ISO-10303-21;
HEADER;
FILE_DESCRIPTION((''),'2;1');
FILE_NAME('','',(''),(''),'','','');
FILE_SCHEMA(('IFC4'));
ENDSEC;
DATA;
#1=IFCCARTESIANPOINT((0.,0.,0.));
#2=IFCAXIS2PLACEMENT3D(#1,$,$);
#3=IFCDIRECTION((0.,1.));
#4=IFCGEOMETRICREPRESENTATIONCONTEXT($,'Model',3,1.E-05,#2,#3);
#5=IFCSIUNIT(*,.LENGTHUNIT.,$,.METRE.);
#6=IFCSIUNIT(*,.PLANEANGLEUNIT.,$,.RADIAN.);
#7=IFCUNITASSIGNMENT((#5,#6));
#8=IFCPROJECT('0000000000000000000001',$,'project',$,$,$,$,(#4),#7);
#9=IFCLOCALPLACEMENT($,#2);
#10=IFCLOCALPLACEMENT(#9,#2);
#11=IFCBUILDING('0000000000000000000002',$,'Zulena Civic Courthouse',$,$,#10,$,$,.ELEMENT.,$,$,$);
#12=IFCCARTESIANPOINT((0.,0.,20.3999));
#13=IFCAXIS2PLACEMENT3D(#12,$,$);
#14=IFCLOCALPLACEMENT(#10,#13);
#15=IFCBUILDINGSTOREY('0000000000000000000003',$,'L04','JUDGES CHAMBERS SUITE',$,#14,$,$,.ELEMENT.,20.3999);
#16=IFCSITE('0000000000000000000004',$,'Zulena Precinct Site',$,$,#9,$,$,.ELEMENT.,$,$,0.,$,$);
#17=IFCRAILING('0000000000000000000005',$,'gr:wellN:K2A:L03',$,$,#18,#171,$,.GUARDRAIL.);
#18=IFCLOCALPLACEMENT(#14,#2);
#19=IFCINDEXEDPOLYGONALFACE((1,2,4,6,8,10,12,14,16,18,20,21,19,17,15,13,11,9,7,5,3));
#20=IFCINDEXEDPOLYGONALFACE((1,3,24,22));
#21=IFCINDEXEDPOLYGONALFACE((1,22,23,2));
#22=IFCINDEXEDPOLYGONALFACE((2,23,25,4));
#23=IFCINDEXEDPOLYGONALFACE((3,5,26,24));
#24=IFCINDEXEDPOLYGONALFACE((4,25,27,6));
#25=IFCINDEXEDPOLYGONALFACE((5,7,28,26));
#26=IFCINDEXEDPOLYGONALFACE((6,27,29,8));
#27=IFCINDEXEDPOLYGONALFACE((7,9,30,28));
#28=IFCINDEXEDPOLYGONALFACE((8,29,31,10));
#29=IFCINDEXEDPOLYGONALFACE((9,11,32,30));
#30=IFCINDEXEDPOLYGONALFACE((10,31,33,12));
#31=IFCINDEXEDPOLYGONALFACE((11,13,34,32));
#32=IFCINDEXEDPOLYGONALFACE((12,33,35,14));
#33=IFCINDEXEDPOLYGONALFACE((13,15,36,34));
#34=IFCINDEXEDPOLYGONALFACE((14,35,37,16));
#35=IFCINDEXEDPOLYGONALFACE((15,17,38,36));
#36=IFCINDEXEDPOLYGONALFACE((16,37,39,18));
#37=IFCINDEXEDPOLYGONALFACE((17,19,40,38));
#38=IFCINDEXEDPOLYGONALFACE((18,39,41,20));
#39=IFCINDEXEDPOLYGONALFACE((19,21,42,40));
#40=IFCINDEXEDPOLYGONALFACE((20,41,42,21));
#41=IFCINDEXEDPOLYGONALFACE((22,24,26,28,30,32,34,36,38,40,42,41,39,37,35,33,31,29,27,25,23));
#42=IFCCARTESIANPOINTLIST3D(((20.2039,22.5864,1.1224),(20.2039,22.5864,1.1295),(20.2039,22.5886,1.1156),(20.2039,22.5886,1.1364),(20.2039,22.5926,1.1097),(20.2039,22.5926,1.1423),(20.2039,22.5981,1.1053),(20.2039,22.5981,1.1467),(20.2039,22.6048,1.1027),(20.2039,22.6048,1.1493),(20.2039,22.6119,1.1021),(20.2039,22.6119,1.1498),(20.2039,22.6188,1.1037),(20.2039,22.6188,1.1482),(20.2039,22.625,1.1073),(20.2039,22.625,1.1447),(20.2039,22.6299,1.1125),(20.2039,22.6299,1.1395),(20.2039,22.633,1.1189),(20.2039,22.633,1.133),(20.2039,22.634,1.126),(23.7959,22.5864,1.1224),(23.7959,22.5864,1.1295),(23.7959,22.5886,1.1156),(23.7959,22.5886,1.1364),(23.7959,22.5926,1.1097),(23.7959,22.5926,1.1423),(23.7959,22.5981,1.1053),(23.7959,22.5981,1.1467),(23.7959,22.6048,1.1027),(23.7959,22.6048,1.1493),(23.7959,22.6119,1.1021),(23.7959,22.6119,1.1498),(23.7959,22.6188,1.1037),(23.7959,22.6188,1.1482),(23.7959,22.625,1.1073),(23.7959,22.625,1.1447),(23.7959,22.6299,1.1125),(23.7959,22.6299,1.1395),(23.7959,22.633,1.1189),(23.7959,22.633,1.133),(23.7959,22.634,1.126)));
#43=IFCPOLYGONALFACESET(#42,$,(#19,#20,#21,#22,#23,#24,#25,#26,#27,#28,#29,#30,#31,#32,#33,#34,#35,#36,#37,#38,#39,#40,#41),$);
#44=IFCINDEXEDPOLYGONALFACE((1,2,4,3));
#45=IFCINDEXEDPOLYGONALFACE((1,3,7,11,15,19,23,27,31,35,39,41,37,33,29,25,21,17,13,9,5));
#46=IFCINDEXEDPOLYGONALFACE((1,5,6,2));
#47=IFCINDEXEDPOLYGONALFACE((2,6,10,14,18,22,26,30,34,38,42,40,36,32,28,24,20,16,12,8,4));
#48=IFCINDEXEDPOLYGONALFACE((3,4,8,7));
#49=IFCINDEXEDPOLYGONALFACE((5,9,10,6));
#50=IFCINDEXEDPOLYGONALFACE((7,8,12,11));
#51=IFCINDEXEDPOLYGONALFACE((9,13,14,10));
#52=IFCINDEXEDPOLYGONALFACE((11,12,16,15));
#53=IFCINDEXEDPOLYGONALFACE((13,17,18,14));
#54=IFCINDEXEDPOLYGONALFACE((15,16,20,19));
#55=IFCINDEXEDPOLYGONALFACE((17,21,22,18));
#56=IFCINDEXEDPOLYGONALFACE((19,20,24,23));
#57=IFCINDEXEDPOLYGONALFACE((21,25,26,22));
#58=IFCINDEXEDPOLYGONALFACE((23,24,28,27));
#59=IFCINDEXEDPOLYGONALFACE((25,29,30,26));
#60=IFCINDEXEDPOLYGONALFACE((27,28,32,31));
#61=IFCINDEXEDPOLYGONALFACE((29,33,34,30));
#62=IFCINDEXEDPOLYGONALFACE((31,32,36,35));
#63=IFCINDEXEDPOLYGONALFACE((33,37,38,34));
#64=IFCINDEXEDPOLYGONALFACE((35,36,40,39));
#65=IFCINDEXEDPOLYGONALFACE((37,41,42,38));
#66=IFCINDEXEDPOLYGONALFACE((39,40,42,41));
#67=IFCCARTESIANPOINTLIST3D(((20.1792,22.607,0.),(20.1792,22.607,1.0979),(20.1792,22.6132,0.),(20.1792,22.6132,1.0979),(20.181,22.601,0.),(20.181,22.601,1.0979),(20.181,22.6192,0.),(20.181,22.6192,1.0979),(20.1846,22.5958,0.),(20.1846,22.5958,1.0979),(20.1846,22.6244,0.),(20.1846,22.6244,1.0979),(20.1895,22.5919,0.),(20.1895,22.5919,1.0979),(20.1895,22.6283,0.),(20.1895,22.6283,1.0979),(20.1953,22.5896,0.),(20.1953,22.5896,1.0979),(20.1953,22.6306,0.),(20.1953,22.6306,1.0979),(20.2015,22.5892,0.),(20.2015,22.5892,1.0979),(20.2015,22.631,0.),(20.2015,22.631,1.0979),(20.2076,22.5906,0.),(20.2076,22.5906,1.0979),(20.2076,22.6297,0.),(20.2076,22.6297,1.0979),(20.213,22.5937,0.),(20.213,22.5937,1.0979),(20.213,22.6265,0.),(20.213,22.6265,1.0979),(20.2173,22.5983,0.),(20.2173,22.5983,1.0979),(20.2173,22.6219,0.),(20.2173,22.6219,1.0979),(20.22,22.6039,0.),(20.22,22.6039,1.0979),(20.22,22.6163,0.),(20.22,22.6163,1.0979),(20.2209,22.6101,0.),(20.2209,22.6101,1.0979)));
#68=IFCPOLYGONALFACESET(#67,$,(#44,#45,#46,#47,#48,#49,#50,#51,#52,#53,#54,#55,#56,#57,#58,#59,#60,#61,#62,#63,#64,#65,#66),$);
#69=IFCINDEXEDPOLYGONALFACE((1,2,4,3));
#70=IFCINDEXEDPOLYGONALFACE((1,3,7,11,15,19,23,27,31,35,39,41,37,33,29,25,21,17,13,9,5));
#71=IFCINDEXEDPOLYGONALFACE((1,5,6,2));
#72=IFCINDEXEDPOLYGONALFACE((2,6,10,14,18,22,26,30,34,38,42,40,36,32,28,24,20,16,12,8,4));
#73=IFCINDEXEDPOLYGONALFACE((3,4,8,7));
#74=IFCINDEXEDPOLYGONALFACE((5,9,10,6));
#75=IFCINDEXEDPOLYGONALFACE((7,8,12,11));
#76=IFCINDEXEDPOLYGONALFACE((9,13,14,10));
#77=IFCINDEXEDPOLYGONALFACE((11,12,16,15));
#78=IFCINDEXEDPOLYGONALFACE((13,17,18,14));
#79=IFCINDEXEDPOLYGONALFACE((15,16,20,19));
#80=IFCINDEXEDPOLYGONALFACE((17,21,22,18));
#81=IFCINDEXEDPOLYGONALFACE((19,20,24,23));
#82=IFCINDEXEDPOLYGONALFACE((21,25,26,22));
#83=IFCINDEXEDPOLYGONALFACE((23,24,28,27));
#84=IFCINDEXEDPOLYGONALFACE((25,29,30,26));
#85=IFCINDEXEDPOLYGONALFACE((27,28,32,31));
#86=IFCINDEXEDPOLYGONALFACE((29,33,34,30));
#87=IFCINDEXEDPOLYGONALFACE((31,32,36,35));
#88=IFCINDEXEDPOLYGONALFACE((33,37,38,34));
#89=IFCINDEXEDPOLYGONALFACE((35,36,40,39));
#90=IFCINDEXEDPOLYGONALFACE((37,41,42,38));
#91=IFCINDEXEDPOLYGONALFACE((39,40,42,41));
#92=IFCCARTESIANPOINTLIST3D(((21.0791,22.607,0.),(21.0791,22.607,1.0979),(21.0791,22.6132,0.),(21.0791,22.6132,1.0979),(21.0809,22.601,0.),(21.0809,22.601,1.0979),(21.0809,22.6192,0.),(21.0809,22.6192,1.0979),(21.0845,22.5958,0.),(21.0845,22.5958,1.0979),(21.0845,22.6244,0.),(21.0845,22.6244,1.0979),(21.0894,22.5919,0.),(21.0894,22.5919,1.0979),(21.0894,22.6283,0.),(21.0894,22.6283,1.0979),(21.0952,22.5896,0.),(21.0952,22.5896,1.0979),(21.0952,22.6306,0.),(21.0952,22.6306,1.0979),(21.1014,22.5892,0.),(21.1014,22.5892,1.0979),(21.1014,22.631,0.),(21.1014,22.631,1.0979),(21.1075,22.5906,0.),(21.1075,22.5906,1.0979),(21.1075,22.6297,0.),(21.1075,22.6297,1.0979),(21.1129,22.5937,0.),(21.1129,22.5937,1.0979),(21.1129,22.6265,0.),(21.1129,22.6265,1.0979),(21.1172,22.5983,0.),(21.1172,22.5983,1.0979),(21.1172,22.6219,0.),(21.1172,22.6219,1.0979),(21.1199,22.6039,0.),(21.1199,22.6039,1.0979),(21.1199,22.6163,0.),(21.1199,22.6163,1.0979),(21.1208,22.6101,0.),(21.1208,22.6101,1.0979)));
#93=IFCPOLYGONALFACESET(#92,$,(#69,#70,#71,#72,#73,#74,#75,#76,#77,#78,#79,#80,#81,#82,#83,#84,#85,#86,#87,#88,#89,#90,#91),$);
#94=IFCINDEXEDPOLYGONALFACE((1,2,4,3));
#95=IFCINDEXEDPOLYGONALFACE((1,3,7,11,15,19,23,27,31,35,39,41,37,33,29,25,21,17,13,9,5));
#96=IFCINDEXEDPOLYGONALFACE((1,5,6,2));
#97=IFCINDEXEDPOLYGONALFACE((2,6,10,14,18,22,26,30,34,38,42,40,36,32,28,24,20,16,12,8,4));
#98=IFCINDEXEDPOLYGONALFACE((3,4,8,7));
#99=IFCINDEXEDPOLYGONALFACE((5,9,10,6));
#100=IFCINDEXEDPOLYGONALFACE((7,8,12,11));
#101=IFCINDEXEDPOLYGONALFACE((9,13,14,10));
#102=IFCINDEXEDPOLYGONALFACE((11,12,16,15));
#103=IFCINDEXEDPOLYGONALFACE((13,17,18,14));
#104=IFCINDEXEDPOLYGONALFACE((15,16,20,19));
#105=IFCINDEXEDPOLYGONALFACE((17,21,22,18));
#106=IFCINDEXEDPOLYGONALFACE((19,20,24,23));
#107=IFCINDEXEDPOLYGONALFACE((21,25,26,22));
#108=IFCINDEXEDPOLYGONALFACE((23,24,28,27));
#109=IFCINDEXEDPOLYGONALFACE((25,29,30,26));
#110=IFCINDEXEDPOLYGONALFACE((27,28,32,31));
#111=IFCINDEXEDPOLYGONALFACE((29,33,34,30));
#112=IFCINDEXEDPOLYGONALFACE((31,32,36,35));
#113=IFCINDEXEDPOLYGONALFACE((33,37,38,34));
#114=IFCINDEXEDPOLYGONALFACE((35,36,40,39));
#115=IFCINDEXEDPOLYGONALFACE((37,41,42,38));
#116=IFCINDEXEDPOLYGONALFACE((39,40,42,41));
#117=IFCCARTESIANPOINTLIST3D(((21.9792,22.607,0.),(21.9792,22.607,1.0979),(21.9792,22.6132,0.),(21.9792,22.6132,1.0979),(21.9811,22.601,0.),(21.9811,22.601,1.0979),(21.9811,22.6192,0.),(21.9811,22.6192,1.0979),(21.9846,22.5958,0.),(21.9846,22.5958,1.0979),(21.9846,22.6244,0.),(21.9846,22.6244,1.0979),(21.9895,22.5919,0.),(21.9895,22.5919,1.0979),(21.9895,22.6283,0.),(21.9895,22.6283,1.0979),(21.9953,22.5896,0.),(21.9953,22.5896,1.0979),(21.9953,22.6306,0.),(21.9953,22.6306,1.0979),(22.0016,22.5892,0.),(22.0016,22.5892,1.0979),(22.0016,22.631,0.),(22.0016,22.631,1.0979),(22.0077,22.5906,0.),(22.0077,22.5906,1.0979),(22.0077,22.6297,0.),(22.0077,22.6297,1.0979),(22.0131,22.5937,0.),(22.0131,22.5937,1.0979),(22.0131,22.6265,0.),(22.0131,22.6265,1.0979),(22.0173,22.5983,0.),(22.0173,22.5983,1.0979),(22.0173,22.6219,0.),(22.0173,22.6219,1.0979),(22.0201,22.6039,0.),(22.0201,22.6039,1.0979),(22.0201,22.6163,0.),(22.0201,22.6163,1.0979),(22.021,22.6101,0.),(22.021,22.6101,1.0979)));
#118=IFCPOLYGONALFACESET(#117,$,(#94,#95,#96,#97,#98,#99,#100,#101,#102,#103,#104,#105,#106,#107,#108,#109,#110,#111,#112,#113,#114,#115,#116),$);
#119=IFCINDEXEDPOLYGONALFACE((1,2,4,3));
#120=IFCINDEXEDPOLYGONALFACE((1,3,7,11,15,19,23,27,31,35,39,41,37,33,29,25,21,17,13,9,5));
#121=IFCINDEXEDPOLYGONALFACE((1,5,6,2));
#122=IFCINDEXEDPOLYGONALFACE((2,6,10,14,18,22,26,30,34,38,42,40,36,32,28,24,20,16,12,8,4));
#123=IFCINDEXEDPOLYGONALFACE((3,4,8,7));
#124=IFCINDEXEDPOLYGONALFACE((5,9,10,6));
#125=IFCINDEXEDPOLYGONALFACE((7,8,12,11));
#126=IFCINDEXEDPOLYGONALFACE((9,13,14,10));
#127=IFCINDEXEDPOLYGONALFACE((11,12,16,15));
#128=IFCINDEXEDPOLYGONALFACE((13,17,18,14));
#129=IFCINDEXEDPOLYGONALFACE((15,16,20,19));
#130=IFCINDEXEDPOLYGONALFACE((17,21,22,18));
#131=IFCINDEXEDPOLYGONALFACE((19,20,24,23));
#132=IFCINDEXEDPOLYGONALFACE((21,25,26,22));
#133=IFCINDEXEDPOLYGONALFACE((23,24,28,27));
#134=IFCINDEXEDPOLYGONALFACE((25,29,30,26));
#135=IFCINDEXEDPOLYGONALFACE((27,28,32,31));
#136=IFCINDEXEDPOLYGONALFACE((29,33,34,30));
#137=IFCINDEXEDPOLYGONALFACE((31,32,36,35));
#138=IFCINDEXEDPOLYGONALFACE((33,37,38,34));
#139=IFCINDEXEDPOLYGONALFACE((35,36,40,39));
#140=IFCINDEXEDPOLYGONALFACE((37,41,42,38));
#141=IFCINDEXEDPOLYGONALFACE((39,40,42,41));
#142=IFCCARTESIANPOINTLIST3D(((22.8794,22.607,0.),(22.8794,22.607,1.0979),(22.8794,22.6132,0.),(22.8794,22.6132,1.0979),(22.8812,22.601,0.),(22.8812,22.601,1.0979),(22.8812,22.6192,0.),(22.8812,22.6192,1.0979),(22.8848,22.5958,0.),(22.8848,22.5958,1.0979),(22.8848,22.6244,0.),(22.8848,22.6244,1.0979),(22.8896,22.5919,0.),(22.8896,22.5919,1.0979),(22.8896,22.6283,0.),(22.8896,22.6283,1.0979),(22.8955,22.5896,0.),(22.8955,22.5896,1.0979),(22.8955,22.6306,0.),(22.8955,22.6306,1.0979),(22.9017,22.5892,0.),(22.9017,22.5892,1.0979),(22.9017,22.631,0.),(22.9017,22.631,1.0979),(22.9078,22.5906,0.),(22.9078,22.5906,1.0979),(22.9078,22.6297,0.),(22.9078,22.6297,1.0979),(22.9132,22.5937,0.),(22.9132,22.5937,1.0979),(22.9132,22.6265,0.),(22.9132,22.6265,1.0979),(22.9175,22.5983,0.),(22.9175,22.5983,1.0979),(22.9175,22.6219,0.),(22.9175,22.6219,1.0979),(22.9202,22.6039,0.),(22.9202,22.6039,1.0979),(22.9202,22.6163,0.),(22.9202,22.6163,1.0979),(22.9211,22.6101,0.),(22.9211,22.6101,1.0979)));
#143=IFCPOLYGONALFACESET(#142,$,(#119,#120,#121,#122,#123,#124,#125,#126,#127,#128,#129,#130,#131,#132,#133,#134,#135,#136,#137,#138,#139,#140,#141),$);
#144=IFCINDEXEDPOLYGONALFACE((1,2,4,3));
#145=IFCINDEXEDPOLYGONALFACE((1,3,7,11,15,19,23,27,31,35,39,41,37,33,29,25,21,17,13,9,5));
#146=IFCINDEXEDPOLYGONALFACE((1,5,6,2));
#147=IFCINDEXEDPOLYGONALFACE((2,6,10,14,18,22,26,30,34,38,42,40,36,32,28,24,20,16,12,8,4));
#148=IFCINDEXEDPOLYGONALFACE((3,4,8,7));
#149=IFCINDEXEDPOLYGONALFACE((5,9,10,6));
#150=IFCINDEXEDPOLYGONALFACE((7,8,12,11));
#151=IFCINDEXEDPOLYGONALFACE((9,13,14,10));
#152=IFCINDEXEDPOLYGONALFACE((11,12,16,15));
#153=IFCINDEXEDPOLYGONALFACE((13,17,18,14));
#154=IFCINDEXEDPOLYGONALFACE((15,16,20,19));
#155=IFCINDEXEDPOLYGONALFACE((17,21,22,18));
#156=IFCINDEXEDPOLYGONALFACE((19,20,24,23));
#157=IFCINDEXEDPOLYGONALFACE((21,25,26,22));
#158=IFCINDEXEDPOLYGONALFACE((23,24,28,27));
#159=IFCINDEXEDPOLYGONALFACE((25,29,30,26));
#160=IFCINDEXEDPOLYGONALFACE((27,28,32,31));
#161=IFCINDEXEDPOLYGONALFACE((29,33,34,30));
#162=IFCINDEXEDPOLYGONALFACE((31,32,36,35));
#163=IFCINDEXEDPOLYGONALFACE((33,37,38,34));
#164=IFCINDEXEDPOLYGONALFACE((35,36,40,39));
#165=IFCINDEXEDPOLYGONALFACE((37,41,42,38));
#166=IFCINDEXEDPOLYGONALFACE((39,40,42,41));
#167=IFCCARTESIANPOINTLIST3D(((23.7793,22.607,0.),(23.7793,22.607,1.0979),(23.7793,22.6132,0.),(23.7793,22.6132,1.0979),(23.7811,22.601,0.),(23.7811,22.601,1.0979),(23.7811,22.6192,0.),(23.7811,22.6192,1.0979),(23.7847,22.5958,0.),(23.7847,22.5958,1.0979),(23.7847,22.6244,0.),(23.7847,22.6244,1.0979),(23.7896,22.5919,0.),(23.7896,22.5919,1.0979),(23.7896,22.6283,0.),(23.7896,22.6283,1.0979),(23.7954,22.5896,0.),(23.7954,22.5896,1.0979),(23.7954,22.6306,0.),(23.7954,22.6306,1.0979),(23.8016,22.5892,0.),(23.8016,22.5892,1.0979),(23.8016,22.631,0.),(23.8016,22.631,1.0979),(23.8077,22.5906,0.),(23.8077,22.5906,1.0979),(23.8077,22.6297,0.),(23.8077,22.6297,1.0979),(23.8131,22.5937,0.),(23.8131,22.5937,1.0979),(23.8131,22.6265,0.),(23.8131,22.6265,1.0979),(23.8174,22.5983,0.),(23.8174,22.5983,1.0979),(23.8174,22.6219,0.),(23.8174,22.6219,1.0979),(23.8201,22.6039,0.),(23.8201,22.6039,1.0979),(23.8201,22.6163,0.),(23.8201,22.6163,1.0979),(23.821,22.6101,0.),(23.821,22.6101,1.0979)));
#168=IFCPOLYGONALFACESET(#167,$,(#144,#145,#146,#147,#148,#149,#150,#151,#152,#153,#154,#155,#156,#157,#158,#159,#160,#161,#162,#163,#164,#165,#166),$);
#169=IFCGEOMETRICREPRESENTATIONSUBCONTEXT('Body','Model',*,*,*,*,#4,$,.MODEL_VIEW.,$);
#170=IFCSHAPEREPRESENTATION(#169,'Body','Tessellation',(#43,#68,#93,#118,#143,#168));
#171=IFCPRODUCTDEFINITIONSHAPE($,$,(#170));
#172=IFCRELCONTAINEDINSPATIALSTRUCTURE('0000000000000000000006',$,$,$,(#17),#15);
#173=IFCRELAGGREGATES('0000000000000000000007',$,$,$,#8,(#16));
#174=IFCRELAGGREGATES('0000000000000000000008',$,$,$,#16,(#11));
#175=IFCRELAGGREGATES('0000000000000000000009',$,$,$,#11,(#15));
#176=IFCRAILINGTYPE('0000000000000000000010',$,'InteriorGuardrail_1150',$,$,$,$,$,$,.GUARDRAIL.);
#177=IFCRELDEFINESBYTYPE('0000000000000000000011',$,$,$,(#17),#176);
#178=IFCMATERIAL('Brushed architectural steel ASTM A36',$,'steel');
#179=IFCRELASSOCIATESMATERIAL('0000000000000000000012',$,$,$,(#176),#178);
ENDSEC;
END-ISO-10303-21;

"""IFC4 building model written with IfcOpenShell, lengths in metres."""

from ifc_helpers import new_model, si_unit, direction, frame, origin, origin_2d, place, context, subcontext, project, spatial, circle, extrude, material, type_object, element, save


model = new_model("IFC4")

# Units and contexts
model_context = context("Model", 3, precision=1e-05, world=origin(), true_north=direction((0.0, 1.0)))
body_context = subcontext(model_context, "Body", "Model", "MODEL_VIEW")
ifc_project = project(units=[si_unit("LENGTHUNIT", "METRE"), si_unit("PLANEANGLEUNIT", "RADIAN")], contexts=[model_context])

# Site, building, storey
site_placement = place(None, origin())
site = spatial("IfcSite", under=ifc_project, at=site_placement, Name="Zulena Precinct Site", CompositionType="ELEMENT", RefElevation=0.0)
building_placement = place(site_placement, origin())
building = spatial("IfcBuilding", under=site, at=building_placement, Name="Zulena Civic Courthouse", CompositionType="ELEMENT")
storey_placement = place(building_placement, frame((0.0, 0.0, 20.3999)))
storey = spatial("IfcBuildingStorey", under=building, at=storey_placement, Name="L04", Description="JUDGES CHAMBERS SUITE", CompositionType="ELEMENT", Elevation=20.3999)

# Railing
ifc_material_1 = material(Name="Brushed architectural steel ASTM A36", Category="steel")
railing_type_1 = type_object("IfcRailingType", Name="InteriorGuardrail_1150", PredefinedType="GUARDRAIL", material=ifc_material_1)
railing_1_placement = place(storey_placement, frame((20.2, 22.6101, 0.0)))
element("IfcRailing", 1, at=railing_1_placement, inside=storey, type_object=railing_type_1, Name="gr:wellN:K2A:L03", PredefinedType="GUARDRAIL", context=body_context, shape_type="SweptSolid", body=[
    extrude(circle(Radius=0.0239, at=origin_2d()), frame((0.0039, 0.0, 1.126), z_axis=(1.0, 0.0, 0.0), x_axis=(0.0, 1.0, 0.0)), (0.0, 0.0, 1.0), 3.592),
    extrude(circle(Radius=0.021, at=origin_2d()), origin(), (0.0, 0.0, 1.0), 1.0979),
    extrude(circle(Radius=0.021, at=origin_2d()), frame((0.8999, 0.0, 0.0)), (0.0, 0.0, 1.0), 1.0979),
    extrude(circle(Radius=0.021, at=origin_2d()), frame((1.8, 0.0, 0.0)), (0.0, 0.0, 1.0), 1.0979),
    extrude(circle(Radius=0.021, at=origin_2d()), frame((2.7002, 0.0, 0.0)), (0.0, 0.0, 1.0), 1.0979),
    extrude(circle(Radius=0.021, at=origin_2d()), frame((3.6001, 0.0, 0.0)), (0.0, 0.0, 1.0), 1.0979),
])

save(model, "model.ifc")
